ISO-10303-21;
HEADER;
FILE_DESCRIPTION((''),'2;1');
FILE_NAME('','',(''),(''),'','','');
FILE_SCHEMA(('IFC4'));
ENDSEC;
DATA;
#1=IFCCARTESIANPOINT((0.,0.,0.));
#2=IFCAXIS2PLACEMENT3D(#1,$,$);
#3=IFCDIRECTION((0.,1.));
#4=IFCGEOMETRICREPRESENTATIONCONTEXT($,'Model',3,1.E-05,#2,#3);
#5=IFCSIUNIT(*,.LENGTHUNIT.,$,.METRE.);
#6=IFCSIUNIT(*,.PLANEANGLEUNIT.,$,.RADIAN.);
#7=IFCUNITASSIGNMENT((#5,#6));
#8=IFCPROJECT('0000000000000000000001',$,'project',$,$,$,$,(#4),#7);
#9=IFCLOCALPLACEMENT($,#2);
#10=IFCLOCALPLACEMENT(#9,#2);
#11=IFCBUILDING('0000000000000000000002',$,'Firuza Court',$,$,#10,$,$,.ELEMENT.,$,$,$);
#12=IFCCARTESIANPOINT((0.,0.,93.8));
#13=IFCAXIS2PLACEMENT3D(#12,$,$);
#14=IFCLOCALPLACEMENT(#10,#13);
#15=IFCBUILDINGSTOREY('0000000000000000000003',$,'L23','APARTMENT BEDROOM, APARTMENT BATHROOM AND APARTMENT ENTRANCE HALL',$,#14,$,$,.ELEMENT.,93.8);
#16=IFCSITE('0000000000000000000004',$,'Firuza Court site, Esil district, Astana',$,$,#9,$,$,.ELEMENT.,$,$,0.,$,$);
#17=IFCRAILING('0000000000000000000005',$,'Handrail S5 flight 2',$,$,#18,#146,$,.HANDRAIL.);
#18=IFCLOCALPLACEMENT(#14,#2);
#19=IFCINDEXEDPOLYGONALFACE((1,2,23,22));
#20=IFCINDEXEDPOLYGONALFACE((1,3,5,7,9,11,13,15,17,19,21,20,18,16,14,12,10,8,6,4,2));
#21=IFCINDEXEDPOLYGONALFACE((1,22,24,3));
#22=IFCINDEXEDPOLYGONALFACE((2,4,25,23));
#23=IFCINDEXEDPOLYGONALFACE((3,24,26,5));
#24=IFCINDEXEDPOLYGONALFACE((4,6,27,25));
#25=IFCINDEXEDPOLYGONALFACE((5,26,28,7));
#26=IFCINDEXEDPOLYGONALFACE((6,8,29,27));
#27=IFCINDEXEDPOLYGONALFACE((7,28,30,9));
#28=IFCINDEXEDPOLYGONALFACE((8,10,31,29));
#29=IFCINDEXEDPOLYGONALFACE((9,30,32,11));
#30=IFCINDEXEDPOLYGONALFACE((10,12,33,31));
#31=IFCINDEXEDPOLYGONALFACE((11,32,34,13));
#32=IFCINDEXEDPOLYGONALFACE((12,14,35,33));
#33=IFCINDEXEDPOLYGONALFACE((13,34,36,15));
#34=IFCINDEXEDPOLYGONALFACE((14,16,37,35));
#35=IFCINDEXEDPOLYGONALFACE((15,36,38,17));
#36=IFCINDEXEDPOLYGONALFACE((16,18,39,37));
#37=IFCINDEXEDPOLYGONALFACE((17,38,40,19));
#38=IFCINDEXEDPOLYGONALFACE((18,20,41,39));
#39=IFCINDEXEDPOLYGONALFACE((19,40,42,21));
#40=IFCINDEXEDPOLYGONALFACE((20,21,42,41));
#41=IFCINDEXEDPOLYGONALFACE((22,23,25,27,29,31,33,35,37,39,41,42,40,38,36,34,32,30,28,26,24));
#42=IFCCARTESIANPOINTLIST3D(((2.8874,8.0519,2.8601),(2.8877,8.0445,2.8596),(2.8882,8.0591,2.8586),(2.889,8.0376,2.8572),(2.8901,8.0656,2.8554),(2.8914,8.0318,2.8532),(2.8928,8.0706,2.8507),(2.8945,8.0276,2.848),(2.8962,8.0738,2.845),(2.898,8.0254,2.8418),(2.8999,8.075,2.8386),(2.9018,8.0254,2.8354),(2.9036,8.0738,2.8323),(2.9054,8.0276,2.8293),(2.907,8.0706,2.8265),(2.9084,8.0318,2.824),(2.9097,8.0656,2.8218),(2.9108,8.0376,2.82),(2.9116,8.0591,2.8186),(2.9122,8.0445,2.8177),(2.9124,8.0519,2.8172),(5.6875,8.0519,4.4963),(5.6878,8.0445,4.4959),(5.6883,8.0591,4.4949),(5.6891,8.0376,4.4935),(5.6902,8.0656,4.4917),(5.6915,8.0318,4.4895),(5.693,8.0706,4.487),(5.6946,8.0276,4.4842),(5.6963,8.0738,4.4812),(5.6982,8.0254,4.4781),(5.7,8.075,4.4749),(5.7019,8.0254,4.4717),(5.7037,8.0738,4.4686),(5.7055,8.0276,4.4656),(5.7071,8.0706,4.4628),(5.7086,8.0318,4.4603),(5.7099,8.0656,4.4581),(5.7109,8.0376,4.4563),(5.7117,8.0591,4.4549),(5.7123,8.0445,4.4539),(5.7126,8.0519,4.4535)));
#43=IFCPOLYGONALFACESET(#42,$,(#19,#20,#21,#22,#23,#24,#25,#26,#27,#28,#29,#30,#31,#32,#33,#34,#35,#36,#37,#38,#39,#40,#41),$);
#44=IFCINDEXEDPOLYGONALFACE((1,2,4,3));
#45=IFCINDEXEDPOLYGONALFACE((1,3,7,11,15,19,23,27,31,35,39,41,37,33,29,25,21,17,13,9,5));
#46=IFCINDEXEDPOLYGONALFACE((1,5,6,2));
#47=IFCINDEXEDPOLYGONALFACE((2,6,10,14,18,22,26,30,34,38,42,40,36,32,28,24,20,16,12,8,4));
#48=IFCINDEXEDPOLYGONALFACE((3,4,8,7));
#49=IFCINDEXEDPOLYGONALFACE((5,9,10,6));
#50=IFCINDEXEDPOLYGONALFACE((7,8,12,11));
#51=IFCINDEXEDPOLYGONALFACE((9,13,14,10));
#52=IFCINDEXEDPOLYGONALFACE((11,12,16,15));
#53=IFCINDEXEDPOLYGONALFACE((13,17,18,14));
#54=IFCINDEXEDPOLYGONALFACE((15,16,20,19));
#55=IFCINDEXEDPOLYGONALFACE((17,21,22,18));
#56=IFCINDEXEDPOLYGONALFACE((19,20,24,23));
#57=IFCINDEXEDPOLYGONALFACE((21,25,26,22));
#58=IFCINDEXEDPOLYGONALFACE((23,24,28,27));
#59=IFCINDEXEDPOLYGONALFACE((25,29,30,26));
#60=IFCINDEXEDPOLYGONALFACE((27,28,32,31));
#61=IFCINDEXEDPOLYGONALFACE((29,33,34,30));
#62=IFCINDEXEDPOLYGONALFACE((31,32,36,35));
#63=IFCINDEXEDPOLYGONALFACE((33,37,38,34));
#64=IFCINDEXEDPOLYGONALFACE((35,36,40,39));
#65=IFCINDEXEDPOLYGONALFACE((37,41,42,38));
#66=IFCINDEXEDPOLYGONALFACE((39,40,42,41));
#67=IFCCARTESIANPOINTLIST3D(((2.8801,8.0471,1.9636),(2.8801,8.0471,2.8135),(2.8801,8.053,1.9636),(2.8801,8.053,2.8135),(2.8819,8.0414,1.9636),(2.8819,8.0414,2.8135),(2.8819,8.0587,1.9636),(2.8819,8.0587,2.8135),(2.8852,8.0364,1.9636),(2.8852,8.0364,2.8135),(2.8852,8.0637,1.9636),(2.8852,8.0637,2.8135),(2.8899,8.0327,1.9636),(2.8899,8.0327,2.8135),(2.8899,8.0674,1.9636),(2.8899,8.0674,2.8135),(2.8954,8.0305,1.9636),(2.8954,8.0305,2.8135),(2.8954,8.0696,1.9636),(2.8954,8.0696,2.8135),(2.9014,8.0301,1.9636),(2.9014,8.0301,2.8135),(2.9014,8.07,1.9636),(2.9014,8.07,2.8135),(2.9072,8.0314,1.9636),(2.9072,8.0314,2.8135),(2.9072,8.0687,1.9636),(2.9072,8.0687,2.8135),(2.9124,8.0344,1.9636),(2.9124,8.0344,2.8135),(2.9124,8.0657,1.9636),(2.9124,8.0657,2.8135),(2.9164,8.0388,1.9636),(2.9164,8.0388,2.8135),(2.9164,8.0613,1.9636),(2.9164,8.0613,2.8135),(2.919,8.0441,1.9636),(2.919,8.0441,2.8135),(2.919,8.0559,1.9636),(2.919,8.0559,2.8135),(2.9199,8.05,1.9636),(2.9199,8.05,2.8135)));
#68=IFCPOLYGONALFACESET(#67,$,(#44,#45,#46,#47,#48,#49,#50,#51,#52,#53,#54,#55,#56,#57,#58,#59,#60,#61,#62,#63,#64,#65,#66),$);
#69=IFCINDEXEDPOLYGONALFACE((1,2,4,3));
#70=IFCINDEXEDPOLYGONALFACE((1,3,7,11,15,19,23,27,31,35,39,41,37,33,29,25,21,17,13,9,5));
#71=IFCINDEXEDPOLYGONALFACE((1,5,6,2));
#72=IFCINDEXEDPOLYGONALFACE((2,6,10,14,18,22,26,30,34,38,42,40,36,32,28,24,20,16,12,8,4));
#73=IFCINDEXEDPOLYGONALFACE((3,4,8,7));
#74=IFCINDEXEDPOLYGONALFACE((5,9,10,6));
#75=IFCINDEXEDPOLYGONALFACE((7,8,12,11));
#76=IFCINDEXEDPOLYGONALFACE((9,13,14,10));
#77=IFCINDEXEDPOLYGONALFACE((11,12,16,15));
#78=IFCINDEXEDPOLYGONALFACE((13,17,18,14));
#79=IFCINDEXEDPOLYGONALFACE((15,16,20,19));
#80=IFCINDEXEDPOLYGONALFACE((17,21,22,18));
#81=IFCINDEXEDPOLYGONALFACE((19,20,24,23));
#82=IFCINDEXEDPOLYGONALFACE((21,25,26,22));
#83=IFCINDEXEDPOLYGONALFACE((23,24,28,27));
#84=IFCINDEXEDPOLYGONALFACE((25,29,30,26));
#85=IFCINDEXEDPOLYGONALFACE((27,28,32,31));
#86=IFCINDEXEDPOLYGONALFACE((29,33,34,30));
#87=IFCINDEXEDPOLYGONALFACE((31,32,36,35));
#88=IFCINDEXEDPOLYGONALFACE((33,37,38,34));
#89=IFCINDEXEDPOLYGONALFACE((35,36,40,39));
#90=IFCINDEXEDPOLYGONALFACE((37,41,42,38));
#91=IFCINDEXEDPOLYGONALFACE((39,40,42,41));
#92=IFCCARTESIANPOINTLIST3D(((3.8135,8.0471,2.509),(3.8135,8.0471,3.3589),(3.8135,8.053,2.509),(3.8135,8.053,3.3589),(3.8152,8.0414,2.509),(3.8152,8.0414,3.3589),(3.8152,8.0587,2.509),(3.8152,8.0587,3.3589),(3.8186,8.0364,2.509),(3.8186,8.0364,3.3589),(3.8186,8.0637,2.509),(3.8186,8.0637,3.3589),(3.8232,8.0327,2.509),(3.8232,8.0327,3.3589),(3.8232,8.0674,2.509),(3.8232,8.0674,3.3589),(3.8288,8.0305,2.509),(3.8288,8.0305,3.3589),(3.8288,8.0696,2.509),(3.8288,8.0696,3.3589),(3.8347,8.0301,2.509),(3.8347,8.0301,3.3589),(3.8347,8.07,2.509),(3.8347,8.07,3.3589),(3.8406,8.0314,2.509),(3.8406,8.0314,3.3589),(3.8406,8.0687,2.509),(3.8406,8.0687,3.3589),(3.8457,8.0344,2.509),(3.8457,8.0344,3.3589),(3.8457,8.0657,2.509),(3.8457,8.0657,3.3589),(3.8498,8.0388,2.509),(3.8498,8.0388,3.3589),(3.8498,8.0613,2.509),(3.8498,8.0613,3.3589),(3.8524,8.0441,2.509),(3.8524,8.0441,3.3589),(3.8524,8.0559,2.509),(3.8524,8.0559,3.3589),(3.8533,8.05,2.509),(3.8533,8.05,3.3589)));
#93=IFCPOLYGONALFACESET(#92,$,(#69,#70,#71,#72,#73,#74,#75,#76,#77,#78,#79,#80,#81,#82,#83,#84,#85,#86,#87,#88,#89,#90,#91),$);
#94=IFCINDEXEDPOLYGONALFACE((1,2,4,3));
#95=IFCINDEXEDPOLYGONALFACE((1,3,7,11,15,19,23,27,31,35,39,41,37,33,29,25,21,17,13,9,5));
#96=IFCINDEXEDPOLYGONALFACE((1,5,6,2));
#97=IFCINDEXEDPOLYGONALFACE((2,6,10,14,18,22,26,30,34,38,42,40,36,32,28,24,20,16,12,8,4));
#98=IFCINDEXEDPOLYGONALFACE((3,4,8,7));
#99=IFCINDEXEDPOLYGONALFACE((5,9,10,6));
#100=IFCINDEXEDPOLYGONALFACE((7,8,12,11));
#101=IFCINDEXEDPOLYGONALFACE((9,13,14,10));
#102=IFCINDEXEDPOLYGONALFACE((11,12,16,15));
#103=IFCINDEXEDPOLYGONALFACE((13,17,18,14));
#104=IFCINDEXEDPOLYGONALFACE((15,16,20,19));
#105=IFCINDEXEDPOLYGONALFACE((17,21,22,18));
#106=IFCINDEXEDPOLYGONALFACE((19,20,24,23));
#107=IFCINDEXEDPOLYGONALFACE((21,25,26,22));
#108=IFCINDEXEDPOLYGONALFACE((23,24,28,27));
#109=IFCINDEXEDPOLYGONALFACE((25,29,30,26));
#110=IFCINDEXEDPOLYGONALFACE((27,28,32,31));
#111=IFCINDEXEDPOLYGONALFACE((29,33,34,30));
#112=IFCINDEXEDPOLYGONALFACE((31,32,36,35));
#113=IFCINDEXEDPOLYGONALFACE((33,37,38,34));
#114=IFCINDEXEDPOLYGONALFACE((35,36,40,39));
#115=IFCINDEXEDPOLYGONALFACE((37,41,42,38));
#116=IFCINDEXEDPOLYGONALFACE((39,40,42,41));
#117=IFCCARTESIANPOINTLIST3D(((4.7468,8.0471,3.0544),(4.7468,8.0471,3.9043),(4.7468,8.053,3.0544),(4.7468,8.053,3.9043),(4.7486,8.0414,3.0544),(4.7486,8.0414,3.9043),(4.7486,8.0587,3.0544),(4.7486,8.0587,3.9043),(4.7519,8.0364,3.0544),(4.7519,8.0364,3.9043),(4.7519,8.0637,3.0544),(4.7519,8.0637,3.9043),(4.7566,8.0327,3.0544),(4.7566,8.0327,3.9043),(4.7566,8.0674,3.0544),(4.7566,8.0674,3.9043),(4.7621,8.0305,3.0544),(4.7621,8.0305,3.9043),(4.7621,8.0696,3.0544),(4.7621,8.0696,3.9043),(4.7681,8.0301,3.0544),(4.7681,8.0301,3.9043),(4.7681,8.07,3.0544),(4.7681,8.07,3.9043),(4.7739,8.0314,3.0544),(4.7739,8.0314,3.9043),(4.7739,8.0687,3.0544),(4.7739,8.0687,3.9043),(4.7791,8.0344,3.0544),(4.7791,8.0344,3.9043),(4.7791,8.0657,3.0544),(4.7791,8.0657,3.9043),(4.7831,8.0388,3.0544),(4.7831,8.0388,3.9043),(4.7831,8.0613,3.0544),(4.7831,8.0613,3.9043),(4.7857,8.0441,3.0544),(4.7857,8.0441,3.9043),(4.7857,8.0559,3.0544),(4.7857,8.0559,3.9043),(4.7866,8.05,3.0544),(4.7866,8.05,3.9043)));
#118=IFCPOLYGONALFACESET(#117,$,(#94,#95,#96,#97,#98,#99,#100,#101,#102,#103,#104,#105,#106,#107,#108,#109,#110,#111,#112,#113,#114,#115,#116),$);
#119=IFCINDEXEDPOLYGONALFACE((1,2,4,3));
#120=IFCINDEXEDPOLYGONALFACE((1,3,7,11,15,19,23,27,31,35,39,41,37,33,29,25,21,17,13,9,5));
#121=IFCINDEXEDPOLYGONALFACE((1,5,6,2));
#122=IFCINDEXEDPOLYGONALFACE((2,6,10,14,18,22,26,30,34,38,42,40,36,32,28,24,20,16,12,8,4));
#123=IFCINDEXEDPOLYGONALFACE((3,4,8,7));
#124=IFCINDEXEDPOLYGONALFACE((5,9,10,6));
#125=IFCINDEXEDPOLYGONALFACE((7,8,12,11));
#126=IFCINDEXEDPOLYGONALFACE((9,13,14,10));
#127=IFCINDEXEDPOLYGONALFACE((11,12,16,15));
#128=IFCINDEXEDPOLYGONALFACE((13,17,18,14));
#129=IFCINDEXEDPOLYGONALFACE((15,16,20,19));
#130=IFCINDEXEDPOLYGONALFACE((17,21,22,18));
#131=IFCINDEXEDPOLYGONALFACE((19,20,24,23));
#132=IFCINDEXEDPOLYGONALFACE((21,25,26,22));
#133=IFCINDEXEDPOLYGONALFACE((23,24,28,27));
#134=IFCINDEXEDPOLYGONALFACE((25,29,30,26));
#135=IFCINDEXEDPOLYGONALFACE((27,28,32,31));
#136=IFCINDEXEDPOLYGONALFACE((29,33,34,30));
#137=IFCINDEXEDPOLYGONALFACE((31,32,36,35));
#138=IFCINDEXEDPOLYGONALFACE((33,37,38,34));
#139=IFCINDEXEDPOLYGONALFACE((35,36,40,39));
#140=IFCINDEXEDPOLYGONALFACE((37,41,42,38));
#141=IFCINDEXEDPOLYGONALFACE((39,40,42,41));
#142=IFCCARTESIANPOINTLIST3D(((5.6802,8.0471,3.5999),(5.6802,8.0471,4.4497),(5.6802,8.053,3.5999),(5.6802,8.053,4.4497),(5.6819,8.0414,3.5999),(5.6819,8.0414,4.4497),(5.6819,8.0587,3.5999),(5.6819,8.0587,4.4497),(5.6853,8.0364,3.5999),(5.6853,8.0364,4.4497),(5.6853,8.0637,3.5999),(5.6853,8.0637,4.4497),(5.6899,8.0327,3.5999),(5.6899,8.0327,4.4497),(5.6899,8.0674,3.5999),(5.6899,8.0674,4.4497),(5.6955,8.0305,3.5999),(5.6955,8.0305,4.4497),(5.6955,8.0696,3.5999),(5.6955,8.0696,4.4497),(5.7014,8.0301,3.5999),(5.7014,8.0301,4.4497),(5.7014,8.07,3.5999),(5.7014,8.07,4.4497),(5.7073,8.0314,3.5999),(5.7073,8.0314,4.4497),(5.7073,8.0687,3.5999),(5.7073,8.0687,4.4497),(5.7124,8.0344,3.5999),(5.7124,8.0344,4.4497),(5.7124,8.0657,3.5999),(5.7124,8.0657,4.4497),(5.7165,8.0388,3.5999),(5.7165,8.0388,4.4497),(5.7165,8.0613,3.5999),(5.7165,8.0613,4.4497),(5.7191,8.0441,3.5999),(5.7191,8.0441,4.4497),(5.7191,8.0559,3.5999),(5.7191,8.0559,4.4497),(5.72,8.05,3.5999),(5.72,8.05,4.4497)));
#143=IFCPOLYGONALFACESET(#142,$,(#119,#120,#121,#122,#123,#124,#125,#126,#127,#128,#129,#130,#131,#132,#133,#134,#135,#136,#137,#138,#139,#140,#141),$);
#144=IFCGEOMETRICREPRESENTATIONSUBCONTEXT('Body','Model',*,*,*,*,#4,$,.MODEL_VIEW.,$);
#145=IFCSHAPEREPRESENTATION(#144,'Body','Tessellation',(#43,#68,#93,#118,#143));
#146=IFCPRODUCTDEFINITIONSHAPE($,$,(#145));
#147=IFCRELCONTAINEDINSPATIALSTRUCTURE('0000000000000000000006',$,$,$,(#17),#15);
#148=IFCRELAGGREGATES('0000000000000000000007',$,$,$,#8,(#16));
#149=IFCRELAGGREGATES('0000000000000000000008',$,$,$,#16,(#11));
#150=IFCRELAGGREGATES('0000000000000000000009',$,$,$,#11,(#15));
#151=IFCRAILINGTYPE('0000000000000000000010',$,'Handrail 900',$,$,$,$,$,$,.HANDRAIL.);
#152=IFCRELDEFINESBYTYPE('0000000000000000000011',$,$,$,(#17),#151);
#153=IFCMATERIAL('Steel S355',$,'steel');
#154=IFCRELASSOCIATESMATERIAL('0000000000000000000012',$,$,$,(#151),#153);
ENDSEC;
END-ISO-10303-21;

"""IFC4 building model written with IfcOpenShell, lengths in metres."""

from ifc_helpers import new_model, si_unit, direction, frame, origin, origin_2d, place, context, subcontext, project, spatial, circle, extrude, material, type_object, element, save


model = new_model("IFC4")

# Units and contexts
model_context = context("Model", 3, precision=1e-05, world=origin(), true_north=direction((0.0, 1.0)))
body_context = subcontext(model_context, "Body", "Model", "MODEL_VIEW")
ifc_project = project(units=[si_unit("LENGTHUNIT", "METRE"), si_unit("PLANEANGLEUNIT", "RADIAN")], contexts=[model_context])

# Site, building, storey
site_placement = place(None, origin())
site = spatial("IfcSite", under=ifc_project, at=site_placement, Name="Firuza Court site, Esil district, Astana", CompositionType="ELEMENT", RefElevation=0.0)
building_placement = place(site_placement, origin())
building = spatial("IfcBuilding", under=site, at=building_placement, Name="Firuza Court", CompositionType="ELEMENT")
storey_placement = place(building_placement, frame((0.0, 0.0, 93.8)))
storey = spatial("IfcBuildingStorey", under=building, at=storey_placement, Name="L23", Description="APARTMENT BEDROOM, APARTMENT BATHROOM AND APARTMENT ENTRANCE HALL", CompositionType="ELEMENT", Elevation=93.8)

# Railing
ifc_material_1 = material(Name="Steel S355", Category="steel")
railing_type_1 = type_object("IfcRailingType", Name="Handrail 900", PredefinedType="HANDRAIL", material=ifc_material_1)
railing_1_placement = place(storey_placement, frame((2.8999, 8.05, 1.9636)))
element("IfcRailing", 1, at=railing_1_placement, inside=storey, type_object=railing_type_1, Name="Handrail S5 flight 2", PredefinedType="HANDRAIL", context=body_context, shape_type="SweptSolid", body=[
    extrude(circle(Radius=0.0249, at=origin_2d()), frame((0.0, 0.0, 0.875), z_axis=(0.863394, 0.0, 0.504531), x_axis=(0.0, 1.0, 0.0)), (0.0, 0.0, 1.0), 3.2432),
    extrude(circle(Radius=0.02, at=origin_2d()), origin(), (0.0, 0.0, 1.0), 0.8499),
    extrude(circle(Radius=0.02, at=origin_2d()), frame((0.9333, 0.0, 0.5454)), (0.0, 0.0, 1.0), 0.8499),
    extrude(circle(Radius=0.02, at=origin_2d()), frame((1.8667, 0.0, 1.0908)), (0.0, 0.0, 1.0), 0.8499),
    extrude(circle(Radius=0.02, at=origin_2d()), frame((2.8, 0.0, 1.6362)), (0.0, 0.0, 1.0), 0.8499),
])

save(model, "model.ifc")
